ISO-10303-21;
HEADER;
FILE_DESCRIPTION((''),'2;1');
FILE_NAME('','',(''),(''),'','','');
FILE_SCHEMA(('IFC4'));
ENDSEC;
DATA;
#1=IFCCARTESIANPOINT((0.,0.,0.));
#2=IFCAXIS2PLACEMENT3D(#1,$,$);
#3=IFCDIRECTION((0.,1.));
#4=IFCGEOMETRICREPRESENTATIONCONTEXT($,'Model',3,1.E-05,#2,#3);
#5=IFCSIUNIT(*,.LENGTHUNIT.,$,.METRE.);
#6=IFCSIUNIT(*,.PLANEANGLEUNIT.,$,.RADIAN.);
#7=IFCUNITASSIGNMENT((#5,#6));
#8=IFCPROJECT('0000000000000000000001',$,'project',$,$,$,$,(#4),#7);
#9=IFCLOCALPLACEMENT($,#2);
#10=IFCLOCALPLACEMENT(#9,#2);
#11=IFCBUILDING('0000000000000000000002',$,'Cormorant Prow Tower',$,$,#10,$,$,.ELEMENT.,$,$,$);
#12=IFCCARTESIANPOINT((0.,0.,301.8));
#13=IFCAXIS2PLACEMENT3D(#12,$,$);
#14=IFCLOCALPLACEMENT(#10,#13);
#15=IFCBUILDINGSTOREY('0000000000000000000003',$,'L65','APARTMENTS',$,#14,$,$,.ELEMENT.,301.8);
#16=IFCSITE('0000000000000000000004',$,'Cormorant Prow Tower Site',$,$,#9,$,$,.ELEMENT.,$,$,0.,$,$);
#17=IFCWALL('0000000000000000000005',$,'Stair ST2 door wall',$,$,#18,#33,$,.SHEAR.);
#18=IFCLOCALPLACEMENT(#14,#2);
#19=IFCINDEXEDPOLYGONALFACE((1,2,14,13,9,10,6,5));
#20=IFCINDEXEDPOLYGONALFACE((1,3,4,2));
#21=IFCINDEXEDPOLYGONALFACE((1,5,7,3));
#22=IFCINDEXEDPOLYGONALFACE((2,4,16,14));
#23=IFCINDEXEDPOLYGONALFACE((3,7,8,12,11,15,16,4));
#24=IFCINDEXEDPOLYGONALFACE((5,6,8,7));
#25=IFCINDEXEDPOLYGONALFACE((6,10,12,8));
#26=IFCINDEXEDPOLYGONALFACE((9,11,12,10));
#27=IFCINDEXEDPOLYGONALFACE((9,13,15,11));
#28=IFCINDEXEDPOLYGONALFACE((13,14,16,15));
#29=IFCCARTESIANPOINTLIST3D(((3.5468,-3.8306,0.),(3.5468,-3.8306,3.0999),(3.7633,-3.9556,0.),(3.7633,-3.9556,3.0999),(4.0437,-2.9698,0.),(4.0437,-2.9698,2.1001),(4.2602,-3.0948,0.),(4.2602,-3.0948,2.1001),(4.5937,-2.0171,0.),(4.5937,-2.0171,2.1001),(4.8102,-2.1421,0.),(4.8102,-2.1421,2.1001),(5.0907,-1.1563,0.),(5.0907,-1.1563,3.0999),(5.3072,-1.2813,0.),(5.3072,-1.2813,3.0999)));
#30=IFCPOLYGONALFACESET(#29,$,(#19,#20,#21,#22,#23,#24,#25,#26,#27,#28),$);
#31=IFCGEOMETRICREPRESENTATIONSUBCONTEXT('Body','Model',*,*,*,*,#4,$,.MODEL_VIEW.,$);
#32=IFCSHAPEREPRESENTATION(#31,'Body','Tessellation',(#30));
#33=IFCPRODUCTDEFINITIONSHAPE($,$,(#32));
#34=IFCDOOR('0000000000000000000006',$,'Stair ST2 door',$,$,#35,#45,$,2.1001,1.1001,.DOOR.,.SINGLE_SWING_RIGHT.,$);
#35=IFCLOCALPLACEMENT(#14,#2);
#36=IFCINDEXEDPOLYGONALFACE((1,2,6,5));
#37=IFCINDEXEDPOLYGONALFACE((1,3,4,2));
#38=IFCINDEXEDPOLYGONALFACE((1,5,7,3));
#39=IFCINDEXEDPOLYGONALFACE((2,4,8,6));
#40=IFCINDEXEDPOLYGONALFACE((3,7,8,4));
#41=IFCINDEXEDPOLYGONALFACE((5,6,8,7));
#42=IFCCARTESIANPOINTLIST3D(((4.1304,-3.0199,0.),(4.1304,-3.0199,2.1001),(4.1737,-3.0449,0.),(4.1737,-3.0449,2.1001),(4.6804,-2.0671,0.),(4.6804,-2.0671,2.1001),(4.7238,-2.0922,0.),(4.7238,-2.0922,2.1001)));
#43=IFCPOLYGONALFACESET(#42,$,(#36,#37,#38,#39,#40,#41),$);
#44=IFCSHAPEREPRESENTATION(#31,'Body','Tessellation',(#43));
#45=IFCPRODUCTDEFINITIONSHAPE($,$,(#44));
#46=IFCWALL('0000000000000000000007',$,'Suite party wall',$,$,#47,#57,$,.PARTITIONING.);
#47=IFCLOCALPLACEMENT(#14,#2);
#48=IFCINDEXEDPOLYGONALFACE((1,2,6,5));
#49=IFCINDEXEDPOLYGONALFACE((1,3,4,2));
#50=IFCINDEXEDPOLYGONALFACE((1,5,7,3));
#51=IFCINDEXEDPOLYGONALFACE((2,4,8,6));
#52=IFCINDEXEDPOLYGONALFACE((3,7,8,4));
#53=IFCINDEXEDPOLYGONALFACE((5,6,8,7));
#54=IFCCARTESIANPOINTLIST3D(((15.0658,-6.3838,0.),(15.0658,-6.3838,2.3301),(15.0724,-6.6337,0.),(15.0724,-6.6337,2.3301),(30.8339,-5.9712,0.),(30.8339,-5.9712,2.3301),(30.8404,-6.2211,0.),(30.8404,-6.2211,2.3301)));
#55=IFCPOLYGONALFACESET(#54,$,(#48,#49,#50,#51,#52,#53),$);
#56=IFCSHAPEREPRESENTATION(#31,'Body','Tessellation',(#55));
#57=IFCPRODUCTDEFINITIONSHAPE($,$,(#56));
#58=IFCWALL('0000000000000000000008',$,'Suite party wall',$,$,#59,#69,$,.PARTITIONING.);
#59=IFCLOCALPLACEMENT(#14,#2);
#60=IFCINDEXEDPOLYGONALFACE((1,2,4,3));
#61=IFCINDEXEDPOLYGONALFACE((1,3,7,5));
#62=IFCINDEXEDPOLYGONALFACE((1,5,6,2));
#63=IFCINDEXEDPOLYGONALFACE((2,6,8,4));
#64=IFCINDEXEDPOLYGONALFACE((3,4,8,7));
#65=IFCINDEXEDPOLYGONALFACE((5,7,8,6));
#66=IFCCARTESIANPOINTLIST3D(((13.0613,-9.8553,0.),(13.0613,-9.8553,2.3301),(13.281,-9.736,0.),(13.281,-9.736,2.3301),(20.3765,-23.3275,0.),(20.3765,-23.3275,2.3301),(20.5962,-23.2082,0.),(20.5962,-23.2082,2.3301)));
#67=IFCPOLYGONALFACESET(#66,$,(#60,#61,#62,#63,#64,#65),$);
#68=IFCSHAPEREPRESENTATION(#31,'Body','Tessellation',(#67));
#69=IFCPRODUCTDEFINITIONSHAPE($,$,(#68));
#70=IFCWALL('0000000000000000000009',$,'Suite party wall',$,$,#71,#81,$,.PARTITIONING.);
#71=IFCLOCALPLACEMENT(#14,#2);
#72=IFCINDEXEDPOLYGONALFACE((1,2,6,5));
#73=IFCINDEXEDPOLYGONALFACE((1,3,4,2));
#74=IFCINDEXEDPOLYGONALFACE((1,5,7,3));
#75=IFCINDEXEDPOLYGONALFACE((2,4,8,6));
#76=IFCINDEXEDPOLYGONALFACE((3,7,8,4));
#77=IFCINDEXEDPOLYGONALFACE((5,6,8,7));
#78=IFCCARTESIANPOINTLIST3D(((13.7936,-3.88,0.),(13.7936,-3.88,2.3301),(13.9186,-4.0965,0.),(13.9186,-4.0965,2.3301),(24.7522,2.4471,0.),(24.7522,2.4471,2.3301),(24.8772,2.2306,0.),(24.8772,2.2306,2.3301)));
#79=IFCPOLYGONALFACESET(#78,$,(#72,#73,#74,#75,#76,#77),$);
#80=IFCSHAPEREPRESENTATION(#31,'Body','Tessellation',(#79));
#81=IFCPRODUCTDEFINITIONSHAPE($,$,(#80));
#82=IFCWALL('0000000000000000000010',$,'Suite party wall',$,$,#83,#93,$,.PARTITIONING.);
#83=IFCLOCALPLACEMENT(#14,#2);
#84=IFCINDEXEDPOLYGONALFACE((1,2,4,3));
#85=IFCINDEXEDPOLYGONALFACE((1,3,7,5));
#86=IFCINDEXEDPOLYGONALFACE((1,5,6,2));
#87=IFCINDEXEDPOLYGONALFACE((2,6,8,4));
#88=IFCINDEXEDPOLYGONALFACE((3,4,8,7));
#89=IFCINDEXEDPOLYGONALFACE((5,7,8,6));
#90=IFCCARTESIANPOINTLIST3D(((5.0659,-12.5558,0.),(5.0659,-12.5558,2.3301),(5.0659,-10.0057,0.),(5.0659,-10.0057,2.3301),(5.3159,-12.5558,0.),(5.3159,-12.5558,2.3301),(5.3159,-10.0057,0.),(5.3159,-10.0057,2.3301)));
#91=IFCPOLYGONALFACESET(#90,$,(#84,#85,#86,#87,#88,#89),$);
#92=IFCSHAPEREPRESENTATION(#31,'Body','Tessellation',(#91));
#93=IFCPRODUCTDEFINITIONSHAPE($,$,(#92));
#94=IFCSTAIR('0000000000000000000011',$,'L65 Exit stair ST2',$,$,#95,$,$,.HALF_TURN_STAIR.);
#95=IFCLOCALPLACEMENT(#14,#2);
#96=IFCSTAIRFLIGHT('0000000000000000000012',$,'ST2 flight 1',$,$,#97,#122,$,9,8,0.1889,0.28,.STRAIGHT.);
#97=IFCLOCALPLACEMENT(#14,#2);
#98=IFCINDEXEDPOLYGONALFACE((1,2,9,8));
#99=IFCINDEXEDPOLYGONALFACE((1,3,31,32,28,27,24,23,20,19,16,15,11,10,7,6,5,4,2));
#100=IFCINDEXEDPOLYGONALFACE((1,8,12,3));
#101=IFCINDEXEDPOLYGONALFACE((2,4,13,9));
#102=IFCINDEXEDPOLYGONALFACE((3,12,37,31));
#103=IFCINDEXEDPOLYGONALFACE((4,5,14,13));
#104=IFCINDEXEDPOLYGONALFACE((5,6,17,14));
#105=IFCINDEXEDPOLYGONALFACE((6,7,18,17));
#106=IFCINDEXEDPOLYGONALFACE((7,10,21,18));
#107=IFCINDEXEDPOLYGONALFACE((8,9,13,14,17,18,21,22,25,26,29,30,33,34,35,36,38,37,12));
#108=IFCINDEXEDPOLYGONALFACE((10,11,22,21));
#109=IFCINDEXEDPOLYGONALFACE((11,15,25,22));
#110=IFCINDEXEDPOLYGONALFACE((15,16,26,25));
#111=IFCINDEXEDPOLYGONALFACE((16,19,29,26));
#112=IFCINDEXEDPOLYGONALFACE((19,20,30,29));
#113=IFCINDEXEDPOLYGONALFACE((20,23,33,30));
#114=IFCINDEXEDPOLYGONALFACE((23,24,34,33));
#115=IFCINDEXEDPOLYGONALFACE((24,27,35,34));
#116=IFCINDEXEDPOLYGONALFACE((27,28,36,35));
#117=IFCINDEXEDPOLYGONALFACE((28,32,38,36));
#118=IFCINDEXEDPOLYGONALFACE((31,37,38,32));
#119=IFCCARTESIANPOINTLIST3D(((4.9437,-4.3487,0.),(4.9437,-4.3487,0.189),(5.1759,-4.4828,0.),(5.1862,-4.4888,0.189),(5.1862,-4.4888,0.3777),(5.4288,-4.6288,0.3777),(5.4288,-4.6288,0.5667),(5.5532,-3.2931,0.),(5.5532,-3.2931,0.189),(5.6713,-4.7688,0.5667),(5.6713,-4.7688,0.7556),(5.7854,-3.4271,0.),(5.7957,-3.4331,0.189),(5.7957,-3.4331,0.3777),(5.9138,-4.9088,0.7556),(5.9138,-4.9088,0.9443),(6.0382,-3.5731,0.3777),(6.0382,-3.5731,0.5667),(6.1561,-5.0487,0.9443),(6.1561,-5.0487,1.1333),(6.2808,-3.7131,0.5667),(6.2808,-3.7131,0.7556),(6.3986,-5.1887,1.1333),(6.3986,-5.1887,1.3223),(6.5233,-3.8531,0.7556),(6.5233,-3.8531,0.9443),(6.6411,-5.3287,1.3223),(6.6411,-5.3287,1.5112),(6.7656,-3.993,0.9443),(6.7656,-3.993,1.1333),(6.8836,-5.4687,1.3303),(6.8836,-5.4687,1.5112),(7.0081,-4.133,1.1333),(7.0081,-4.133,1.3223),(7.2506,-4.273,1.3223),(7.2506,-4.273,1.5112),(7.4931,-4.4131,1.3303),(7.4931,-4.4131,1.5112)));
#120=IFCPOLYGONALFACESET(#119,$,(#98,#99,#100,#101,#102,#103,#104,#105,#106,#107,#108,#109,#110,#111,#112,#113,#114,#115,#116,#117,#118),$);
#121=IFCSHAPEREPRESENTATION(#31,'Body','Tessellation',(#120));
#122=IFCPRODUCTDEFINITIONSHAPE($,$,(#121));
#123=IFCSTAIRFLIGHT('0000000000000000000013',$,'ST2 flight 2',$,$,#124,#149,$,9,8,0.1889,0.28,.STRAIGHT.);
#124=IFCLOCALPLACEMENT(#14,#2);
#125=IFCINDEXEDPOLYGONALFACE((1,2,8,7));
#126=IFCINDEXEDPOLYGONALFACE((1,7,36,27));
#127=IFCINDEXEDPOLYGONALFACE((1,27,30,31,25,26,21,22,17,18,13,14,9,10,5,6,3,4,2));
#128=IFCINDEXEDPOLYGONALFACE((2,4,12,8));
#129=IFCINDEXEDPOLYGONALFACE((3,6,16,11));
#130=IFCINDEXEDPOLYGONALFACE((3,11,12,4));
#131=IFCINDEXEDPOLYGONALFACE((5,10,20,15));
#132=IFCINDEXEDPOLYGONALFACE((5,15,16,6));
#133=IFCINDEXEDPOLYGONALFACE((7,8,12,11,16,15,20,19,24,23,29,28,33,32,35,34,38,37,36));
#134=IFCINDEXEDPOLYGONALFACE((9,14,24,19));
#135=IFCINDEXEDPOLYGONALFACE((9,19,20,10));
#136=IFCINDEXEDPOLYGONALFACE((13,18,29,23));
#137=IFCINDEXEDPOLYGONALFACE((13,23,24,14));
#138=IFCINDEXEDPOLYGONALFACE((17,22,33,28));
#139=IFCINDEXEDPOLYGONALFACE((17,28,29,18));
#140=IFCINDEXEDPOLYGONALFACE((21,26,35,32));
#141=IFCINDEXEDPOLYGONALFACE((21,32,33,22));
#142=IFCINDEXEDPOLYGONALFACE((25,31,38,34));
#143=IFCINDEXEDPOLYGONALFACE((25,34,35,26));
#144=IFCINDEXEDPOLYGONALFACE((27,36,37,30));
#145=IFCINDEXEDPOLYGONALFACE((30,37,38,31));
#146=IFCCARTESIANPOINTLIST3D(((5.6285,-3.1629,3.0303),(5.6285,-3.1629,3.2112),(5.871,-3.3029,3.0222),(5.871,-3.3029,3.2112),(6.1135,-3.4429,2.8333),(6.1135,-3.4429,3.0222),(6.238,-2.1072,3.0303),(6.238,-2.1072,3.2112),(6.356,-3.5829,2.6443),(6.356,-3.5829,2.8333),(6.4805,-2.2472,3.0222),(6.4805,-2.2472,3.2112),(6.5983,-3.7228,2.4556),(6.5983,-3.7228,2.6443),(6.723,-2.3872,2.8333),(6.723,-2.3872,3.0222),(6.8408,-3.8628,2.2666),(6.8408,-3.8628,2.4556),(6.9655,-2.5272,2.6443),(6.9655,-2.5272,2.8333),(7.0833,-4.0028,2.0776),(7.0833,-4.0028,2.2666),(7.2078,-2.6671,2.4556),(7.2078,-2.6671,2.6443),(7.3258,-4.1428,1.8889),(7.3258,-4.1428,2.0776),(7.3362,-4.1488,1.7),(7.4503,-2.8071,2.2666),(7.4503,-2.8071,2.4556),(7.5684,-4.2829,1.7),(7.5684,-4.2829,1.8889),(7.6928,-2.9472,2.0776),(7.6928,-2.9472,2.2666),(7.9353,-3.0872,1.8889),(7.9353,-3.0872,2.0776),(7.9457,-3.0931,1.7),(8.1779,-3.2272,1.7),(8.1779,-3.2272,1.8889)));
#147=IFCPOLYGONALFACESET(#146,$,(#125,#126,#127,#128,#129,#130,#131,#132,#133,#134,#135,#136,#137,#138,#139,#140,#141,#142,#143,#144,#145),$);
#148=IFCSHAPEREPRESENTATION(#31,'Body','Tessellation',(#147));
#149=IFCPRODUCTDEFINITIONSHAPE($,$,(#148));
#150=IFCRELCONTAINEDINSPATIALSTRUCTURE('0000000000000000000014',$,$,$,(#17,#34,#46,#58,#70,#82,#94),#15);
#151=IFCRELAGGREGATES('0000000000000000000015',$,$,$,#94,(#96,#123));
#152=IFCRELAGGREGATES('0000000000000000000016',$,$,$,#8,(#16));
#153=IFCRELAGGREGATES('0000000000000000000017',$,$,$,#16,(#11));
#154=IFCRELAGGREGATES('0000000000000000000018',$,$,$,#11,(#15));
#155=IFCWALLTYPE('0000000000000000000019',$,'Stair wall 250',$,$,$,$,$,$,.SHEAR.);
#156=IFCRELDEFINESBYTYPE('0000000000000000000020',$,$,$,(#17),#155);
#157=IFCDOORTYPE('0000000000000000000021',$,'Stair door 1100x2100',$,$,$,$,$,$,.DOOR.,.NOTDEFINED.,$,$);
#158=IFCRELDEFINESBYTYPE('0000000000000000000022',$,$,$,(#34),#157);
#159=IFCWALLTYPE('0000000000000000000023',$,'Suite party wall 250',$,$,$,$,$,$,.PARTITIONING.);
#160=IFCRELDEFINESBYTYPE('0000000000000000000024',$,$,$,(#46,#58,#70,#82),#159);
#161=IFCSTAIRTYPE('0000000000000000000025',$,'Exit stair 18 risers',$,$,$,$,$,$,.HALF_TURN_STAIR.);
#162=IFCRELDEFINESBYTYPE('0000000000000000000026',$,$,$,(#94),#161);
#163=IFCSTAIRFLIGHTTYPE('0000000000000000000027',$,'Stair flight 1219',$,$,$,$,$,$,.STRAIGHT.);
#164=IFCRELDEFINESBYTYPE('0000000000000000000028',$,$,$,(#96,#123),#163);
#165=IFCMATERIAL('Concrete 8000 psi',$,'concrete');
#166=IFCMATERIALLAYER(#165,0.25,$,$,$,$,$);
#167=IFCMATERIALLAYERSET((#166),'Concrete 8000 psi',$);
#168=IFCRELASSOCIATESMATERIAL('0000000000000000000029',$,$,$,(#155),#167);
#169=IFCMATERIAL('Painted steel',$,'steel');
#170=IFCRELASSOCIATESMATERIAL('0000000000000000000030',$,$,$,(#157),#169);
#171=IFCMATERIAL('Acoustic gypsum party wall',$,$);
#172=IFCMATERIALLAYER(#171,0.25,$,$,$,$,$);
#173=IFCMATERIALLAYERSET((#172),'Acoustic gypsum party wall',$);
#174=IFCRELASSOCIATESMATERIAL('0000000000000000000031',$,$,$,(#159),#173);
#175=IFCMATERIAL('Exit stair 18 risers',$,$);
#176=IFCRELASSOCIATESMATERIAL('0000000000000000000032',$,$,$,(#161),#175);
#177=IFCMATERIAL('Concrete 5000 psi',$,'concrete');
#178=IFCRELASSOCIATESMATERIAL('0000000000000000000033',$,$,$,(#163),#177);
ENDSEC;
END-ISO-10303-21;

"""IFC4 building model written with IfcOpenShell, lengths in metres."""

from ifc_helpers import new_model, si_unit, direction, frame, frame_2d, origin, place, context, subcontext, project, spatial, polyline, rectangle, outline, extrude, material, layer, layer_set, type_object, element, fill, aggregate, save


model = new_model("IFC4")

# Units and contexts
model_context = context("Model", 3, precision=1e-05, world=origin(), true_north=direction((0.0, 1.0)))
body_context = subcontext(model_context, "Body", "Model", "MODEL_VIEW")
ifc_project = project(units=[si_unit("LENGTHUNIT", "METRE"), si_unit("PLANEANGLEUNIT", "RADIAN")], contexts=[model_context])

# Site, building, storey
site_placement = place(None, origin())
site = spatial("IfcSite", under=ifc_project, at=site_placement, Name="Cormorant Prow Tower Site", CompositionType="ELEMENT", RefElevation=0.0)
building_placement = place(site_placement, origin())
building = spatial("IfcBuilding", under=site, at=building_placement, Name="Cormorant Prow Tower", CompositionType="ELEMENT")
storey_placement = place(building_placement, frame((0.0, 0.0, 301.8)))
storey = spatial("IfcBuildingStorey", under=building, at=storey_placement, Name="L65", Description="APARTMENTS", CompositionType="ELEMENT", Elevation=301.8)

# Wall, opening, door
ifc_material_1 = material(Name="Concrete 8000 psi", Category="concrete")
ifc_layer_1 = layer(ifc_material_1, 0.25)
ifc_layer_set_1 = layer_set([ifc_layer_1], Name="Concrete 8000 psi")
wall_type_1 = type_object("IfcWallType", Name="Stair wall 250", PredefinedType="SHEAR", material=ifc_layer_set_1)
wall_1_placement = place(storey_placement, frame((3.655, -3.8931, 0.0), z_axis=(0.0, 0.0, 1.0), x_axis=(0.499983, 0.866035, 0.0)))
wall_1 = element("IfcWall", 1, at=wall_1_placement, inside=storey, type_object=wall_type_1, Name="Stair ST2 door wall", PredefinedType="SHEAR", context=body_context, shape_type="SweptSolid", body=[
    extrude(rectangle(XDim=3.0879, YDim=0.25, at=frame_2d((1.5439, 0.0))), origin(), (0.0, 0.0, 1.0), 3.0999),
])
opening_1_placement = place(wall_1_placement, frame((0.9939, 0.0, 0.0)))
opening_1 = element("IfcOpeningElement", 2, at=opening_1_placement, cuts=wall_1, PredefinedType="OPENING", context=body_context, shape_type="SweptSolid", body=[
    extrude(rectangle(XDim=1.1001, YDim=2.1001, at=frame_2d((0.55, 1.05))), frame((0.0, 0.135, 0.0), z_axis=(0.0, -1.0, 0.0), x_axis=(1.0, 0.0, 0.0)), (0.0, 0.0, 1.0), 0.27),
])
ifc_material_2 = material(Name="Painted steel", Category="steel")
door_type_1 = type_object("IfcDoorType", Name="Stair door 1100x2100", OperationType="NOTDEFINED", PredefinedType="DOOR", material=ifc_material_2)
door_1_placement = place(opening_1_placement, origin())
door_1 = element("IfcDoor", 3, at=door_1_placement, inside=storey, type_object=door_type_1, Name="Stair ST2 door", OperationType="SINGLE_SWING_RIGHT", OverallHeight=2.1001, OverallWidth=1.1001, PredefinedType="DOOR", context=body_context, shape_type="SweptSolid", body=[
    extrude(rectangle(XDim=1.1001, YDim=2.1001, at=frame_2d((0.55, 1.05))), frame((0.0, 0.0249, 0.0), z_axis=(0.0, -1.0, 0.0), x_axis=(1.0, 0.0, 0.0)), (0.0, 0.0, 1.0), 0.05),
])
fill(opening_1, door_1)

# Walls
ifc_material_3 = material(Name="Acoustic gypsum party wall")
ifc_layer_2 = layer(ifc_material_3, 0.25)
ifc_layer_set_2 = layer_set([ifc_layer_2], Name="Acoustic gypsum party wall")
wall_type_2 = type_object("IfcWallType", Name="Suite party wall 250", PredefinedType="PARTITIONING", material=ifc_layer_set_2)
wall_2_placement = place(storey_placement, frame((15.0691, -6.5088, 0.0), z_axis=(0.0, 0.0, 1.0), x_axis=(0.999658, 0.026158, 0.0)))
element("IfcWall", 4, at=wall_2_placement, inside=storey, type_object=wall_type_2, Name="Suite party wall", PredefinedType="PARTITIONING", context=body_context, shape_type="SweptSolid", body=[
    extrude(rectangle(XDim=15.7734, YDim=0.25, at=frame_2d((7.8867, 0.0))), origin(), (0.0, 0.0, 1.0), 2.3301),
])
wall_3_placement = place(storey_placement, frame((13.1711, -9.7957, 0.0), z_axis=(0.0, 0.0, 1.0), x_axis=(0.477179, -0.878806, 0.0)))
element("IfcWall", 5, at=wall_3_placement, inside=storey, type_object=wall_type_2, Name="Suite party wall", PredefinedType="PARTITIONING", context=body_context, shape_type="SweptSolid", body=[
    extrude(rectangle(XDim=15.3301, YDim=0.25, at=frame_2d((7.665, 0.0))), origin(), (0.0, 0.0, 1.0), 2.3301),
])
wall_4_placement = place(storey_placement, frame((13.856, -3.9883, 0.0), z_axis=(0.0, 0.0, 1.0), x_axis=(0.866021, 0.500007, 0.0)))
element("IfcWall", 6, at=wall_4_placement, inside=storey, type_object=wall_type_2, Name="Suite party wall", PredefinedType="PARTITIONING", context=body_context, shape_type="SweptSolid", body=[
    extrude(rectangle(XDim=12.6541, YDim=0.25, at=frame_2d((6.3271, 0.0))), origin(), (0.0, 0.0, 1.0), 2.3301),
])
wall_5_placement = place(storey_placement, frame((5.1909, -12.5557, 0.0), z_axis=(0.0, 0.0, 1.0), x_axis=(0.0, 1.0, 0.0)))
element("IfcWall", 7, at=wall_5_placement, inside=storey, type_object=wall_type_2, Name="Suite party wall", PredefinedType="PARTITIONING", context=body_context, shape_type="SweptSolid", body=[
    extrude(rectangle(XDim=2.55, YDim=0.25, at=frame_2d((1.2749, 0.0))), origin(), (0.0, 0.0, 1.0), 2.3301),
])

# Stair, stair flights
ifc_material_4 = material(Name="Exit stair 18 risers")
stair_type = type_object("IfcStairType", Name="Exit stair 18 risers", PredefinedType="HALF_TURN_STAIR", material=ifc_material_4)
stair_placement = place(storey_placement, origin())
stair = element("IfcStair", 8, at=stair_placement, inside=storey, type_object=stair_type, Name="L65 Exit stair ST2", PredefinedType="HALF_TURN_STAIR")
ifc_material_5 = material(Name="Concrete 5000 psi", Category="concrete")
stair_flight_type = type_object("IfcStairFlightType", Name="Stair flight 1219", PredefinedType="STRAIGHT", material=ifc_material_5)
stair_flight_1_placement = place(storey_placement, frame((5.2485, -3.8208, 0.0), z_axis=(0.0, 0.0, 1.0), x_axis=(0.866025, -0.5, 0.0)))
stair_flight_1 = element("IfcStairFlight", 9, at=stair_flight_1_placement, type_object=stair_flight_type, Name="ST2 flight 1", NumberOfRisers=9, NumberOfTreads=8, PredefinedType="STRAIGHT", RiserHeight=0.1889, TreadLength=0.28, context=body_context, shape_type="SweptSolid", body=[
    extrude(outline(polyline([(0.0, 0.0), (0.0, 0.189), (0.28, 0.189), (0.28, 0.3777), (0.5601, 0.3777), (0.5601, 0.5667), (0.8401, 0.5667), (0.8401, 0.7556), (1.1201, 0.7556), (1.1201, 0.9443), (1.3999, 0.9443), (1.3999, 1.1333), (1.6799, 1.1333), (1.6799, 1.3223), (1.96, 1.3223), (1.96, 1.5112), (2.24, 1.5112), (2.24, 1.7), (2.24, 1.3303), (0.2681, 0.0), (0.0, 0.0)])), frame((0.0, 0.6094, 0.0), z_axis=(0.0, -1.0, 0.0), x_axis=(1.0, 0.0, 0.0)), (0.0, 0.0, 1.0), 1.219),
])
stair_flight_2_placement = place(storey_placement, frame((7.873, -3.7551, 1.7), z_axis=(0.0, 0.0, 1.0), x_axis=(-0.866025, 0.5, 0.0)))
stair_flight_2 = element("IfcStairFlight", 10, at=stair_flight_2_placement, type_object=stair_flight_type, Name="ST2 flight 2", NumberOfRisers=9, NumberOfTreads=8, PredefinedType="STRAIGHT", RiserHeight=0.1889, TreadLength=0.28, context=body_context, shape_type="SweptSolid", body=[
    extrude(outline(polyline([(0.0, 0.0), (0.0, 0.189), (0.28, 0.189), (0.28, 0.3777), (0.5601, 0.3777), (0.5601, 0.5667), (0.8401, 0.5667), (0.8401, 0.7556), (1.1201, 0.7556), (1.1201, 0.9443), (1.3999, 0.9443), (1.3999, 1.1333), (1.6799, 1.1333), (1.6799, 1.3223), (1.96, 1.3223), (1.96, 1.5112), (2.24, 1.5112), (2.24, 1.7), (2.24, 1.3303), (0.2681, 0.0), (0.0, 0.0)])), frame((0.0, 0.6094, 0.0), z_axis=(0.0, -1.0, 0.0), x_axis=(1.0, 0.0, 0.0)), (0.0, 0.0, 1.0), 1.219),
])
aggregate(stair, [stair_flight_1, stair_flight_2])

save(model, "model.ifc")
